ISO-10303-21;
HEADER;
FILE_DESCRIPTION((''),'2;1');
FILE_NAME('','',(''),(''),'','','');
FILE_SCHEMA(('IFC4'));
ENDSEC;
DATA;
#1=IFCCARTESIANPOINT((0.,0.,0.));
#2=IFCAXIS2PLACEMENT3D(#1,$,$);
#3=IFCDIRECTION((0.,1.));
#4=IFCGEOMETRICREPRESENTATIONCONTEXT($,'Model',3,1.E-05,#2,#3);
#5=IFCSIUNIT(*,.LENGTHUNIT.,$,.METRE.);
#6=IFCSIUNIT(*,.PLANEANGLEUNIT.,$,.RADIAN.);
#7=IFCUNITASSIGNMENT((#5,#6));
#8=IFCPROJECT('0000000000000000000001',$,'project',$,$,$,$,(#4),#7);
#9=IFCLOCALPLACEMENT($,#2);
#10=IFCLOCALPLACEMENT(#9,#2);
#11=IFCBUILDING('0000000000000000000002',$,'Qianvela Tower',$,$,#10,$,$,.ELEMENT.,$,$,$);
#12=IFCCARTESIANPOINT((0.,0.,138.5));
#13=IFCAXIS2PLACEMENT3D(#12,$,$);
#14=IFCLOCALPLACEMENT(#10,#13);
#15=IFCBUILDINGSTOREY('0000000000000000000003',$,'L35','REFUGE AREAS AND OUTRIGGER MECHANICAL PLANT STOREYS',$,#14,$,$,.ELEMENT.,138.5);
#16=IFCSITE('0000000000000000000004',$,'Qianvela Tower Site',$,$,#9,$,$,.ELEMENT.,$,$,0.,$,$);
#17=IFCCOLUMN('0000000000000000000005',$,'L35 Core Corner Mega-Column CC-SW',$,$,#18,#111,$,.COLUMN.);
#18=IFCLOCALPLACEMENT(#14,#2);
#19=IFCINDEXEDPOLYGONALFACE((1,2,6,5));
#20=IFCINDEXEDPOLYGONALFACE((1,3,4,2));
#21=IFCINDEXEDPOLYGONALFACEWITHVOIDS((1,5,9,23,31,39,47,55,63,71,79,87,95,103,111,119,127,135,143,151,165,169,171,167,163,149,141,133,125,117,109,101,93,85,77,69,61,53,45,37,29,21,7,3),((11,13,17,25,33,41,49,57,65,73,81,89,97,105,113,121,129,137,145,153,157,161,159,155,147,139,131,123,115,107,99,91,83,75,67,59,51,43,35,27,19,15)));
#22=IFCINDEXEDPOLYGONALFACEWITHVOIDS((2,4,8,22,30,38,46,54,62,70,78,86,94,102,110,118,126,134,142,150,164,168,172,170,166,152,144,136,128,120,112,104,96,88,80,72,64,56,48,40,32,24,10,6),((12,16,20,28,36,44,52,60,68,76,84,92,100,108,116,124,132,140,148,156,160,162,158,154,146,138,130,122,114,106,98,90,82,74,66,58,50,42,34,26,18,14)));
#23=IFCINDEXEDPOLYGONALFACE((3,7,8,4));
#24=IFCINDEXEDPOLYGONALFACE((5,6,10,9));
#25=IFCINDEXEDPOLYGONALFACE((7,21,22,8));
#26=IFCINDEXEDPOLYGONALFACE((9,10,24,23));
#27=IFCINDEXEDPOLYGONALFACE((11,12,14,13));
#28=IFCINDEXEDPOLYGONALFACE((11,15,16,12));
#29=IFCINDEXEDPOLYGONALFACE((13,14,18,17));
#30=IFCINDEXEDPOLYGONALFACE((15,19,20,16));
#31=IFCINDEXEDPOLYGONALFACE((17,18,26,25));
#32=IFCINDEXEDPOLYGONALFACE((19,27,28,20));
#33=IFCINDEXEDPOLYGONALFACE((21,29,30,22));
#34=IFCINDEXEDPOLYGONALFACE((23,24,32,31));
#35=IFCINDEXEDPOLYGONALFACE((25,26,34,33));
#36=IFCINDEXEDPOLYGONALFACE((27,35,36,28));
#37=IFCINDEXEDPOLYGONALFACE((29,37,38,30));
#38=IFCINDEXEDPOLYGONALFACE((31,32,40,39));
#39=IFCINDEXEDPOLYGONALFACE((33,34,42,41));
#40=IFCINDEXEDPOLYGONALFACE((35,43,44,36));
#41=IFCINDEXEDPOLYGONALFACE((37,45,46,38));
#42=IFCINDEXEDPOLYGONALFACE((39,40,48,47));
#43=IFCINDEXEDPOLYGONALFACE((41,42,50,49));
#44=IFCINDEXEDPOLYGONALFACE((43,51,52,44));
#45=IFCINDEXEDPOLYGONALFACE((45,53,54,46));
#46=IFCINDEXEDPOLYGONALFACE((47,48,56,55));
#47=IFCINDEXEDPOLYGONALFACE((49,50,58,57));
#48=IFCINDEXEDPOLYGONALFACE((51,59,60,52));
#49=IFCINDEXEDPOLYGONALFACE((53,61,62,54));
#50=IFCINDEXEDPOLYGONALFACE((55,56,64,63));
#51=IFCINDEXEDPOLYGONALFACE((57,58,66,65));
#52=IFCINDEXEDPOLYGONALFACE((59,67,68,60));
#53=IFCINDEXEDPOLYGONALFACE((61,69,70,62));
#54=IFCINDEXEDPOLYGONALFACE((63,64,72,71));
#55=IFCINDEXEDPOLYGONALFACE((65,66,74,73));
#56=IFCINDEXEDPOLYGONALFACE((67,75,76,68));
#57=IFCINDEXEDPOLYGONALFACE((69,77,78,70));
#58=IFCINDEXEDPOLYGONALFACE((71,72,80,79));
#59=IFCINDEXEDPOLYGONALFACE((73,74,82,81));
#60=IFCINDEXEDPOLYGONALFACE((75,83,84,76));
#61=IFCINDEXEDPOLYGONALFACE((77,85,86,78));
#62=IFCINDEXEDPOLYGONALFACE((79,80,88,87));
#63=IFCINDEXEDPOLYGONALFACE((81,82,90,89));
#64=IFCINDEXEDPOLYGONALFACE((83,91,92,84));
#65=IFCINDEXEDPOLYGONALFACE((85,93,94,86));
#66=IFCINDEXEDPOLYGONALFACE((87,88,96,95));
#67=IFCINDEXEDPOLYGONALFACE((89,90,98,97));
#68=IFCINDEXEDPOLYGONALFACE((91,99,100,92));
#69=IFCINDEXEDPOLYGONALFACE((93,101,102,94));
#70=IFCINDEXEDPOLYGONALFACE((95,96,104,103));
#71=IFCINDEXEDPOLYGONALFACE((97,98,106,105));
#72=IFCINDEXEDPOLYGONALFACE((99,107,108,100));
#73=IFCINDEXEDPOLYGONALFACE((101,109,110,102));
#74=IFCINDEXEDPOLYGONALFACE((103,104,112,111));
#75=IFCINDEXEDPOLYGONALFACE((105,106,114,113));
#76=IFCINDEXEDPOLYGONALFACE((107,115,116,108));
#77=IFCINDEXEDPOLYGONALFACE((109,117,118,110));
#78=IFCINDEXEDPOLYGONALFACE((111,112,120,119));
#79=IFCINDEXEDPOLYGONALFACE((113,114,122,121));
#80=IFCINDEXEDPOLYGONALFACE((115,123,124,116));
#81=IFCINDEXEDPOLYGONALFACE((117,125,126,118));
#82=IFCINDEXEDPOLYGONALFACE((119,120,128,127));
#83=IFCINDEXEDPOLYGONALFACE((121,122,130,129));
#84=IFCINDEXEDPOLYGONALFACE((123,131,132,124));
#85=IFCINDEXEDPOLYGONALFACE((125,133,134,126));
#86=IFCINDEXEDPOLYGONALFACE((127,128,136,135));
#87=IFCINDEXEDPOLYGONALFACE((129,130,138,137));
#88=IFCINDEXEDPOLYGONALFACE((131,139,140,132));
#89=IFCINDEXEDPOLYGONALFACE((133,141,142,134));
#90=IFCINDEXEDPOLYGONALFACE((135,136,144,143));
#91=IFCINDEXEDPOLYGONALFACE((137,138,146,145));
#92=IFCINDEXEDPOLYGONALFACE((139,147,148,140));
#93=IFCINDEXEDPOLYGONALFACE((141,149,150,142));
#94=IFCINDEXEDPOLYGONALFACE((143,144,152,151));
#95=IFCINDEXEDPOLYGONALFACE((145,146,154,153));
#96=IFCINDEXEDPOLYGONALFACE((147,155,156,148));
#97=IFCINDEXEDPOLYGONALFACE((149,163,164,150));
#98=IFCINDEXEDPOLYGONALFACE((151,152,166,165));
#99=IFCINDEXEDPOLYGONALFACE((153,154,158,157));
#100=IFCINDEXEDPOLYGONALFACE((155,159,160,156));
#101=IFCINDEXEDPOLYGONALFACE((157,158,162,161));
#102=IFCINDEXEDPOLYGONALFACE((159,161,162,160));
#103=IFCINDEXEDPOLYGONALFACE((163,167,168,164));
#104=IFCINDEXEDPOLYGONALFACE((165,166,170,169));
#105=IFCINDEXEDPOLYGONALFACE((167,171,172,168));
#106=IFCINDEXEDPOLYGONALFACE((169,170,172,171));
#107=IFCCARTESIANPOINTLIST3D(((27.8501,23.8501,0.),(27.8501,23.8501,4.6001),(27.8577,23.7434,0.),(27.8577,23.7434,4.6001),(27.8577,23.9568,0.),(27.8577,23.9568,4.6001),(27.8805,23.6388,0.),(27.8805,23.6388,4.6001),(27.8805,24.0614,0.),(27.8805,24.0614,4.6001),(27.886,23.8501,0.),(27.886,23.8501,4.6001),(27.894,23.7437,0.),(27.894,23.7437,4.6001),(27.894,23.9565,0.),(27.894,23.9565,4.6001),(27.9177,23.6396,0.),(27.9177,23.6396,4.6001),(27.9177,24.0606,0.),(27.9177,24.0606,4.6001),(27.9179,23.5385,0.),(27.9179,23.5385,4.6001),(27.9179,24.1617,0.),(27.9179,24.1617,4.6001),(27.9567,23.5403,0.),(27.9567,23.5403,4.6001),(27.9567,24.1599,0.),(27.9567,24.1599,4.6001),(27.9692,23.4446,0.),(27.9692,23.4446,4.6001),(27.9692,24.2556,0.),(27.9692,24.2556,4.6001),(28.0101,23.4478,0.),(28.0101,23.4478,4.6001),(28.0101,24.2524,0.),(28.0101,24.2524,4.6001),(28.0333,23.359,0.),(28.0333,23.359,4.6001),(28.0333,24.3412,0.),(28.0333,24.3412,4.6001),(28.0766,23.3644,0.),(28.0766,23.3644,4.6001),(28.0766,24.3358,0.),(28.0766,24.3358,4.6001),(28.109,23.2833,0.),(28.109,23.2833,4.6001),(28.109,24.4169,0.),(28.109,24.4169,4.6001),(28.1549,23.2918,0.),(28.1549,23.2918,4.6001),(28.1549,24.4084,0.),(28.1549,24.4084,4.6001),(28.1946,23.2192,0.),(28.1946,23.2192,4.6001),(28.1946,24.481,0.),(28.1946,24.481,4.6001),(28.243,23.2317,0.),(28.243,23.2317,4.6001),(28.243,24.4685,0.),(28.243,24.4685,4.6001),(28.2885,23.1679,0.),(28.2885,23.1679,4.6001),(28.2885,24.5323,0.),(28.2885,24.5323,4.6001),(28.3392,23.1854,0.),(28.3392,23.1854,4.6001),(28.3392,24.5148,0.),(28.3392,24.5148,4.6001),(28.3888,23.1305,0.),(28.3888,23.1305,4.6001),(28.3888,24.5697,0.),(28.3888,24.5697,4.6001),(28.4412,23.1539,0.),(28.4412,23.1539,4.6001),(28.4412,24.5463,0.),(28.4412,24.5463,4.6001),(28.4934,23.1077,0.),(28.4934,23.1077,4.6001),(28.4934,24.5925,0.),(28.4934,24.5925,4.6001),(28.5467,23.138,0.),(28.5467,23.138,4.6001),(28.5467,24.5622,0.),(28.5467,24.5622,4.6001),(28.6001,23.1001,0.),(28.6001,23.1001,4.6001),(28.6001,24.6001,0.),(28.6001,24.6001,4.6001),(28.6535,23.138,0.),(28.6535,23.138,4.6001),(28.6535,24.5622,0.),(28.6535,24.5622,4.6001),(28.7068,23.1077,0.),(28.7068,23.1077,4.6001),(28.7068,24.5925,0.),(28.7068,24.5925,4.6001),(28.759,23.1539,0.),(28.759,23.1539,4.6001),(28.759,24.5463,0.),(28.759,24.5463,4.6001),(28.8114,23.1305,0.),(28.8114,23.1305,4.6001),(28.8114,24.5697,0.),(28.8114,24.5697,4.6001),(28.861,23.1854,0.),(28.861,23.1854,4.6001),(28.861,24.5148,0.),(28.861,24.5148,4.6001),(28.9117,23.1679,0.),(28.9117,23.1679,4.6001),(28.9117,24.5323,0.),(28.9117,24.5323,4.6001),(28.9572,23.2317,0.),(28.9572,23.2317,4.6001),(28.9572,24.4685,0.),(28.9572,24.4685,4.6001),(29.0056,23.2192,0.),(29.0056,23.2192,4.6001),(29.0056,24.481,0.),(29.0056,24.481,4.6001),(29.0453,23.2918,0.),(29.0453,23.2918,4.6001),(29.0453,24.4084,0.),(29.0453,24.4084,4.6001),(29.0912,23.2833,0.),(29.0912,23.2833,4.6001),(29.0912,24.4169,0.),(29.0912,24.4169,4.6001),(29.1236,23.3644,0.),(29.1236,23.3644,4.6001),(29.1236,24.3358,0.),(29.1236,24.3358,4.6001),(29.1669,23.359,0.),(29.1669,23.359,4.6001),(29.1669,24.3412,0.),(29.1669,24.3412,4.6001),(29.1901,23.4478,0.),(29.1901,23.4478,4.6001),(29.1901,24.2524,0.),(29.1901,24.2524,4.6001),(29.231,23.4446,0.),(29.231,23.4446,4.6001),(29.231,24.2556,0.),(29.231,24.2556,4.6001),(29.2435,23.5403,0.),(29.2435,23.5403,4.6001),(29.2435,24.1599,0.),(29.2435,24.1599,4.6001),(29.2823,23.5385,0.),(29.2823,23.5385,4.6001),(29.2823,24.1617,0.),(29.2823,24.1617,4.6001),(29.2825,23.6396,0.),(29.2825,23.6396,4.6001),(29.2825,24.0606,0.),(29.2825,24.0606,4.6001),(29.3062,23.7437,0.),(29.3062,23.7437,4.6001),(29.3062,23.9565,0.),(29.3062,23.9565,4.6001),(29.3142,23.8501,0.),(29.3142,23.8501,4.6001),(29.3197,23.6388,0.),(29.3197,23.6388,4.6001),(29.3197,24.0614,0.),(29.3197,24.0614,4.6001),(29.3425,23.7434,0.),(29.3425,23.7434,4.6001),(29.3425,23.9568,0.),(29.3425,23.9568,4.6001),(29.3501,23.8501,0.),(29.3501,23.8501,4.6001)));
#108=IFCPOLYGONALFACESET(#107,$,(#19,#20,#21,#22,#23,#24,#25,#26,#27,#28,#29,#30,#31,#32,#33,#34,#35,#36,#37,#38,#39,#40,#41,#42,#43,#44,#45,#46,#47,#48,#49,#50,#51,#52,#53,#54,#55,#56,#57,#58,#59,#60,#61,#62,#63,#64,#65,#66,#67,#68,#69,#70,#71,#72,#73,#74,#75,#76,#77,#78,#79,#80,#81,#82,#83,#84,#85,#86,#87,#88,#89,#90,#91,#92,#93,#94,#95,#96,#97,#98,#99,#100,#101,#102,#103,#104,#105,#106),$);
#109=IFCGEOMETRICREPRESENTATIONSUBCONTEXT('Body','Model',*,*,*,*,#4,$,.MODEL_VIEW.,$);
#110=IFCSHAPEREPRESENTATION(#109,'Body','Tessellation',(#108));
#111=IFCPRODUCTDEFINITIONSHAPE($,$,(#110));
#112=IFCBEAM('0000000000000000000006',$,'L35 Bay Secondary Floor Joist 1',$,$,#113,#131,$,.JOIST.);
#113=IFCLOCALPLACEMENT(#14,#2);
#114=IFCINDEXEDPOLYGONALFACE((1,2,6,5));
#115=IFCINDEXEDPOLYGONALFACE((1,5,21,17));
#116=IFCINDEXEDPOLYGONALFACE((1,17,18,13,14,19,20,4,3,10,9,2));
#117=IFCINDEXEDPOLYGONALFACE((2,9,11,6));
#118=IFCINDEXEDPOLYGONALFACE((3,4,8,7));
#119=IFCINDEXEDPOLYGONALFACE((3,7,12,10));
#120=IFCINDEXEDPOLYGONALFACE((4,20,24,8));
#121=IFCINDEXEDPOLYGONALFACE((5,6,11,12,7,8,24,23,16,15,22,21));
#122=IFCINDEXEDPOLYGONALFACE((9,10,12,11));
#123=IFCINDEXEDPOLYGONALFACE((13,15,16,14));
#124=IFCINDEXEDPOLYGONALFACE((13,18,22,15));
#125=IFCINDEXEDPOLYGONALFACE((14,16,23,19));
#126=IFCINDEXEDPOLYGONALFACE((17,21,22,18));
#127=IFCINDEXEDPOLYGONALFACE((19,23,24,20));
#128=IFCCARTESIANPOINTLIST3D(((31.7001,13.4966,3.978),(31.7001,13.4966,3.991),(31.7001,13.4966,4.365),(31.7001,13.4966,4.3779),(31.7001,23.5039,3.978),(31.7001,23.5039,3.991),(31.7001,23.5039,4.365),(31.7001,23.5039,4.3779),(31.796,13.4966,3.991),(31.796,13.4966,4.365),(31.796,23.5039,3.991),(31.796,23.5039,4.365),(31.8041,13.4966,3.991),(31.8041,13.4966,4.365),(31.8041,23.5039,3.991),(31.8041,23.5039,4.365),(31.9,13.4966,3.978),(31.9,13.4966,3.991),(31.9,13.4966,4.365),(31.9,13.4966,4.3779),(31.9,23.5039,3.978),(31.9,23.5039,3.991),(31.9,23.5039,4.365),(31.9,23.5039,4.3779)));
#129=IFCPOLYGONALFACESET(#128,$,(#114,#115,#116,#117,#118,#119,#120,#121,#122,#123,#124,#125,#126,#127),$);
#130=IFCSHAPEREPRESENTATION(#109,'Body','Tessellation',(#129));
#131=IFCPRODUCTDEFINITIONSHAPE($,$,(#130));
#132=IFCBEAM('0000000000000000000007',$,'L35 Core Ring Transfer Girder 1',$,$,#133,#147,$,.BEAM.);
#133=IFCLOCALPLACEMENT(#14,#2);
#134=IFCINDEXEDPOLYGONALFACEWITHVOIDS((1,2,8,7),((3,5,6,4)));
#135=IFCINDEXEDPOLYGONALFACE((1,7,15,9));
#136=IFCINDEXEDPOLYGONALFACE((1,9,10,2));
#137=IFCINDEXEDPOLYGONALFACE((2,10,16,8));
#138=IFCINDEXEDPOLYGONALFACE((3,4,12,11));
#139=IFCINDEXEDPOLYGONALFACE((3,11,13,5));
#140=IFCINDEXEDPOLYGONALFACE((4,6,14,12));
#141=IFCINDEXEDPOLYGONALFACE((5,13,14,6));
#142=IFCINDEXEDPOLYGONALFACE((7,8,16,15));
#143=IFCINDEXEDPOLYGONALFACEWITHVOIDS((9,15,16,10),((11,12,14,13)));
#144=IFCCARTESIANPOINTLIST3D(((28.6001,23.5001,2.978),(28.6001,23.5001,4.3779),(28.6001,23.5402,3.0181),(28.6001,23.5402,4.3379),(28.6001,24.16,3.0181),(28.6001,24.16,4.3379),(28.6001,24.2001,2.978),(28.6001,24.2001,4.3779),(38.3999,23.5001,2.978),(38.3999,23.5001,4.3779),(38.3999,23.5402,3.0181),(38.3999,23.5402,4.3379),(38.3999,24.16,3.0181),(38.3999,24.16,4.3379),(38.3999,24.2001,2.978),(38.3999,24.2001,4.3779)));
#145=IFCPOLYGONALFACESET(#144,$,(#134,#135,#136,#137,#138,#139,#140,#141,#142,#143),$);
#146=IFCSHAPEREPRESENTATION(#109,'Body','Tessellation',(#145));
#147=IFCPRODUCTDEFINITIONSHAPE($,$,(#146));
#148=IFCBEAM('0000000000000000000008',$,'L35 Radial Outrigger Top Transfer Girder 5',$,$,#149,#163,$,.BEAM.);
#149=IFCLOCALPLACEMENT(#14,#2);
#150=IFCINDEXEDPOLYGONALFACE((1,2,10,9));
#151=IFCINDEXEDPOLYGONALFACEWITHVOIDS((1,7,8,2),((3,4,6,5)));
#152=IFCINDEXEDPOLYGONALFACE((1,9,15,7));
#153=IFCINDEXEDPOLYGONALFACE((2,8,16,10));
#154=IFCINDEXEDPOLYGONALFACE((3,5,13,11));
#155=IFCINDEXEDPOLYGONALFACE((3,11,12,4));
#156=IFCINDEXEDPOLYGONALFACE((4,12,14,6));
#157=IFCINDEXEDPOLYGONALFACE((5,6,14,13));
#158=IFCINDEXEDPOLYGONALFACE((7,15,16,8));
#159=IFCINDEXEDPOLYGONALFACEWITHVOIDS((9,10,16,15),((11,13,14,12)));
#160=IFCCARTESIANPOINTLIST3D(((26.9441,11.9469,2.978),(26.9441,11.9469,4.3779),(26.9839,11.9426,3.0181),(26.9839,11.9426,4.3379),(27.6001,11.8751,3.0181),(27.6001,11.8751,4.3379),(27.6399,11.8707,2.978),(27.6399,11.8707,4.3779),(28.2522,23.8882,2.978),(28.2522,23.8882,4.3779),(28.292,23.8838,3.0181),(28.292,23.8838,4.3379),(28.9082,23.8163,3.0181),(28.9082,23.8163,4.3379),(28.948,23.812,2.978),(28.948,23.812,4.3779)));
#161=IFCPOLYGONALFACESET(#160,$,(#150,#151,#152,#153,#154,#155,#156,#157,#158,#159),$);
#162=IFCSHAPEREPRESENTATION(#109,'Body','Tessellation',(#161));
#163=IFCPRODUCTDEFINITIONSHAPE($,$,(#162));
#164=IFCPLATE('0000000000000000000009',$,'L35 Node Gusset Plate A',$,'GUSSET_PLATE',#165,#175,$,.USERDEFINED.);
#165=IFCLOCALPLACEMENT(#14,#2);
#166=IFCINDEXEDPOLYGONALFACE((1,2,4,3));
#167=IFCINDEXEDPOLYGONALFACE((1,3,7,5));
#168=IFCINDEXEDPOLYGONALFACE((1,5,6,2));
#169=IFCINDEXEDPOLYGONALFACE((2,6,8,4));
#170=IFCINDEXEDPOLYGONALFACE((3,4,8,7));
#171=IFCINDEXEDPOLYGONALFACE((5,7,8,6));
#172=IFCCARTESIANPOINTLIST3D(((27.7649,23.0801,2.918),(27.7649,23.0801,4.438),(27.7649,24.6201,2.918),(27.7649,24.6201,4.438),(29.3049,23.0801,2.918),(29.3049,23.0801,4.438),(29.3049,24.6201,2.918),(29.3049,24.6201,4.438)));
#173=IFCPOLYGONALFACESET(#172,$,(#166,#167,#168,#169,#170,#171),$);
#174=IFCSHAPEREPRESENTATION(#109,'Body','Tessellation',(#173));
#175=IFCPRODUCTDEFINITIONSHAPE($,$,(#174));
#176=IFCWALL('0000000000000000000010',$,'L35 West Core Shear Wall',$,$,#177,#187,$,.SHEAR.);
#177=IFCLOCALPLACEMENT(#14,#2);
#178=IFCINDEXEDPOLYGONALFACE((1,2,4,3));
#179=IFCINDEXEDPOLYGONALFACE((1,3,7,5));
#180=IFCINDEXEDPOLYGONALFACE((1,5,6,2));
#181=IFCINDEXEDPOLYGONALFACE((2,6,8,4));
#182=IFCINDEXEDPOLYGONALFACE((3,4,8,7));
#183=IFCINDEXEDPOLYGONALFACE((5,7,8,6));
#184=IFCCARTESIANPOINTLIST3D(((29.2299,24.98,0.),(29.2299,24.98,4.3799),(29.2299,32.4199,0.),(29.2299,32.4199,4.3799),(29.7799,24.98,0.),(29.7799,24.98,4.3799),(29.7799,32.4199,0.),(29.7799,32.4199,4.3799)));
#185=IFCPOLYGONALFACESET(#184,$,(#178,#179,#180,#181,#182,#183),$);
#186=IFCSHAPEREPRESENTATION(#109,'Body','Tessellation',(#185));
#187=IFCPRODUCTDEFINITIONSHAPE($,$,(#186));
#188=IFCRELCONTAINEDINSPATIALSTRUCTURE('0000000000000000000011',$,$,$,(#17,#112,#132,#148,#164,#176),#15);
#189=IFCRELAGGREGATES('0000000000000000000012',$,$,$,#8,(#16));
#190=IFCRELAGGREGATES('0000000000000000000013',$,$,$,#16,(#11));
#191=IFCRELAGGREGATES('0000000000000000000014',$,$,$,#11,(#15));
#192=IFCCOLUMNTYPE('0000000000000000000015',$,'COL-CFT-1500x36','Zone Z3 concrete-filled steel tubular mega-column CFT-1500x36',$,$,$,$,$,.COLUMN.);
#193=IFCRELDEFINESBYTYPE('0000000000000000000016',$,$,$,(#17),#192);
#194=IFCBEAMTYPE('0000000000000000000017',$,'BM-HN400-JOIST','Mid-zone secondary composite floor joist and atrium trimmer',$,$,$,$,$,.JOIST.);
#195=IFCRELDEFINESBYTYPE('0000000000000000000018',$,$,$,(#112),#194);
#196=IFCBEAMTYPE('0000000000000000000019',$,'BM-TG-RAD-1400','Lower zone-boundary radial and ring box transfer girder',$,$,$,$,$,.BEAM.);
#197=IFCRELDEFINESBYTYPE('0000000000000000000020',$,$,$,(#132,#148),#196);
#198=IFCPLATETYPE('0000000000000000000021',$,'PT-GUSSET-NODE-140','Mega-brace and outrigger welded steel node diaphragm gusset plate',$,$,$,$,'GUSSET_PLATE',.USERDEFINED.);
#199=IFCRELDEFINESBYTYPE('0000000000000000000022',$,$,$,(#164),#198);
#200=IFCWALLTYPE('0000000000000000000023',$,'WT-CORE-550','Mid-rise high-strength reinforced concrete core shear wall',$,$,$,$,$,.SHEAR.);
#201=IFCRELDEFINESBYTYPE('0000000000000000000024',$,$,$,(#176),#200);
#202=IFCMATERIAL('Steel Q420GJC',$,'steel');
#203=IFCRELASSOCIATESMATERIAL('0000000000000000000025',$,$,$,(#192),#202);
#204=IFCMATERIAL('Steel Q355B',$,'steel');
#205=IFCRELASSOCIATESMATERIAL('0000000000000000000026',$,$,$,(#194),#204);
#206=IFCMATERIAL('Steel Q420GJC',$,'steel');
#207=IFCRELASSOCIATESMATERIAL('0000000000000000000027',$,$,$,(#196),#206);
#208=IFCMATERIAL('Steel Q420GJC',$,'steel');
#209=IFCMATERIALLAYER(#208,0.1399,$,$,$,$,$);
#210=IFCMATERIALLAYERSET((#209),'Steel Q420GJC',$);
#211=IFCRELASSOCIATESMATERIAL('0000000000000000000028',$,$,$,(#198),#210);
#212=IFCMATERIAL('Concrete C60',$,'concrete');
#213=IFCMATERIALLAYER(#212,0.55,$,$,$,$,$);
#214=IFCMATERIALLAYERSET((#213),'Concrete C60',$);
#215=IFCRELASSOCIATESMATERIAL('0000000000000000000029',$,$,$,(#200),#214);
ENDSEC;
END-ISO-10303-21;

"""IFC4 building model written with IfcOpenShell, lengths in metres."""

from ifc_helpers import new_model, si_unit, direction, frame, frame_2d, origin, origin_2d, place, context, subcontext, project, spatial, rectangle, hollow_rectangle, hollow_circle, i_section, extrude, material, layer, layer_set, material_profile, profile_set, type_object, element, save


model = new_model("IFC4")

# Units and contexts
model_context = context("Model", 3, precision=1e-05, world=origin(), true_north=direction((0.0, 1.0)))
body_context = subcontext(model_context, "Body", "Model", "MODEL_VIEW")
ifc_project = project(units=[si_unit("LENGTHUNIT", "METRE"), si_unit("PLANEANGLEUNIT", "RADIAN")], contexts=[model_context])

# Site, building, storey
site_placement = place(None, origin())
site = spatial("IfcSite", under=ifc_project, at=site_placement, Name="Qianvela Tower Site", CompositionType="ELEMENT", RefElevation=0.0)
building_placement = place(site_placement, origin())
building = spatial("IfcBuilding", under=site, at=building_placement, Name="Qianvela Tower", CompositionType="ELEMENT")
storey_placement = place(building_placement, frame((0.0, 0.0, 138.5)))
storey = spatial("IfcBuildingStorey", under=building, at=storey_placement, Name="L35", Description="REFUGE AREAS AND OUTRIGGER MECHANICAL PLANT STOREYS", CompositionType="ELEMENT", Elevation=138.5)

# Column
ifc_material_1 = material(Name="Steel Q420GJC", Category="steel")
ifc_material_profile_1 = material_profile(ifc_material_1, hollow_circle(Radius=0.75, WallThickness=0.0359, at=origin_2d()), Name="CFT-1500x36")
ifc_profile_set_1 = profile_set([ifc_material_profile_1], Name="Steel Q420GJC")
column_type = type_object("IfcColumnType", Name="COL-CFT-1500x36", Description="Zone Z3 concrete-filled steel tubular mega-column CFT-1500x36", PredefinedType="COLUMN", material=ifc_profile_set_1)
column_placement = place(storey_placement, frame((28.6001, 23.8501, 0.0), z_axis=(0.0, 0.0, 1.0), x_axis=(1.0, 0.0, 0.0)))
element("IfcColumn", 1, at=column_placement, inside=storey, type_object=column_type, Name="L35 Core Corner Mega-Column CC-SW", PredefinedType="COLUMN", context=body_context, shape_type="SweptSolid", body=[
    extrude(hollow_circle(Radius=0.75, WallThickness=0.0359, at=origin_2d()), origin(), (0.0, 0.0, 1.0), 4.6001),
])

# Beams
ifc_material_2 = material(Name="Steel Q355B", Category="steel")
ifc_material_profile_2 = material_profile(ifc_material_2, i_section(OverallWidth=0.2, OverallDepth=0.3999, WebThickness=0.0081, FlangeThickness=0.0129, at=origin_2d()), Name="HN400x200x8x13")
ifc_profile_set_2 = profile_set([ifc_material_profile_2], Name="Steel Q355B")
beam_type_1 = type_object("IfcBeamType", Name="BM-HN400-JOIST", Description="Mid-zone secondary composite floor joist and atrium trimmer", PredefinedType="JOIST", material=ifc_profile_set_2)
beam_1_placement = place(storey_placement, frame((31.8, 13.4966, 4.178), z_axis=(0.0, 1.0, 0.0), x_axis=(-1.0, 0.0, 0.0)))
element("IfcBeam", 2, at=beam_1_placement, inside=storey, type_object=beam_type_1, Name="L35 Bay Secondary Floor Joist 1", PredefinedType="JOIST", context=body_context, shape_type="SweptSolid", body=[
    extrude(i_section(OverallWidth=0.2, OverallDepth=0.3999, WebThickness=0.0081, FlangeThickness=0.0129, at=origin_2d()), origin(), (0.0, 0.0, 1.0), 10.0073),
])
ifc_material_3 = material(Name="Steel Q420GJC", Category="steel")
ifc_material_profile_3 = material_profile(ifc_material_3, hollow_rectangle(XDim=0.7, YDim=1.3999, WallThickness=0.04, at=origin_2d()), Name="TG-BOX-1400x700x40")
ifc_profile_set_3 = profile_set([ifc_material_profile_3], Name="Steel Q420GJC")
beam_type_2 = type_object("IfcBeamType", Name="BM-TG-RAD-1400", Description="Lower zone-boundary radial and ring box transfer girder", PredefinedType="BEAM", material=ifc_profile_set_3)
beam_2_placement = place(storey_placement, frame((28.6001, 23.8501, 3.678), z_axis=(1.0, 0.0, 0.0), x_axis=(0.0, 1.0, 0.0)))
element("IfcBeam", 3, at=beam_2_placement, inside=storey, type_object=beam_type_2, Name="L35 Core Ring Transfer Girder 1", PredefinedType="BEAM", context=body_context, shape_type="SweptSolid", body=[
    extrude(hollow_rectangle(XDim=0.7, YDim=1.3999, WallThickness=0.04, at=origin_2d()), origin(), (0.0, 0.0, 1.0), 9.7998),
])
beam_3_placement = place(storey_placement, frame((28.6001, 23.8501, 3.678), z_axis=(-0.108894, -0.994053, 0.0), x_axis=(0.994053, -0.108894, 0.0)))
element("IfcBeam", 4, at=beam_3_placement, inside=storey, type_object=beam_type_2, Name="L35 Radial Outrigger Top Transfer Girder 5", PredefinedType="BEAM", context=body_context, shape_type="SweptSolid", body=[
    extrude(hollow_rectangle(XDim=0.7, YDim=1.3999, WallThickness=0.04, at=origin_2d()), origin(), (0.0, 0.0, 1.0), 12.0127),
])

# Plate
ifc_material_4 = material(Name="Steel Q420GJC", Category="steel")
ifc_layer_1 = layer(ifc_material_4, 0.1399)
ifc_layer_set_1 = layer_set([ifc_layer_1], Name="Steel Q420GJC")
plate_type = type_object("IfcPlateType", Name="PT-GUSSET-NODE-140", Description="Mega-brace and outrigger welded steel node diaphragm gusset plate", ElementType="GUSSET_PLATE", PredefinedType="USERDEFINED", material=ifc_layer_set_1)
plate_placement = place(storey_placement, frame((28.5349, 23.8501, 2.918), z_axis=(0.0, 0.0, 1.0), x_axis=(1.0, 0.0, 0.0)))
element("IfcPlate", 5, at=plate_placement, inside=storey, type_object=plate_type, Name="L35 Node Gusset Plate A", ObjectType="GUSSET_PLATE", PredefinedType="USERDEFINED", context=body_context, shape_type="SweptSolid", body=[
    extrude(rectangle(XDim=1.54, YDim=1.54, at=origin_2d()), origin(), (0.0, 0.0, 1.0), 1.52),
])

# Shared definitions
ifc_material_5 = material(Name="Concrete C60", Category="concrete")
ifc_layer_2 = layer(ifc_material_5, 0.55)
ifc_layer_set_2 = layer_set([ifc_layer_2], Name="Concrete C60")
wall_type_1 = type_object("IfcWallType", Name="WT-CORE-550", Description="Mid-rise high-strength reinforced concrete core shear wall", PredefinedType="SHEAR", material=ifc_layer_set_2)

# Wall
wall_1_placement = place(storey_placement, frame((29.5049, 24.98, 0.0), z_axis=(0.0, 0.0, 1.0), x_axis=(0.0, 1.0, 0.0)))
element("IfcWall", 6, at=wall_1_placement, inside=storey, type_object=wall_type_1, Name="L35 West Core Shear Wall", PredefinedType="SHEAR", context=body_context, shape_type="SweptSolid", body=[
    extrude(rectangle(XDim=7.4399, YDim=0.55, at=frame_2d((3.72, 0.0))), origin(), (0.0, 0.0, 1.0), 4.3799),
])

save(model, "model.ifc")
